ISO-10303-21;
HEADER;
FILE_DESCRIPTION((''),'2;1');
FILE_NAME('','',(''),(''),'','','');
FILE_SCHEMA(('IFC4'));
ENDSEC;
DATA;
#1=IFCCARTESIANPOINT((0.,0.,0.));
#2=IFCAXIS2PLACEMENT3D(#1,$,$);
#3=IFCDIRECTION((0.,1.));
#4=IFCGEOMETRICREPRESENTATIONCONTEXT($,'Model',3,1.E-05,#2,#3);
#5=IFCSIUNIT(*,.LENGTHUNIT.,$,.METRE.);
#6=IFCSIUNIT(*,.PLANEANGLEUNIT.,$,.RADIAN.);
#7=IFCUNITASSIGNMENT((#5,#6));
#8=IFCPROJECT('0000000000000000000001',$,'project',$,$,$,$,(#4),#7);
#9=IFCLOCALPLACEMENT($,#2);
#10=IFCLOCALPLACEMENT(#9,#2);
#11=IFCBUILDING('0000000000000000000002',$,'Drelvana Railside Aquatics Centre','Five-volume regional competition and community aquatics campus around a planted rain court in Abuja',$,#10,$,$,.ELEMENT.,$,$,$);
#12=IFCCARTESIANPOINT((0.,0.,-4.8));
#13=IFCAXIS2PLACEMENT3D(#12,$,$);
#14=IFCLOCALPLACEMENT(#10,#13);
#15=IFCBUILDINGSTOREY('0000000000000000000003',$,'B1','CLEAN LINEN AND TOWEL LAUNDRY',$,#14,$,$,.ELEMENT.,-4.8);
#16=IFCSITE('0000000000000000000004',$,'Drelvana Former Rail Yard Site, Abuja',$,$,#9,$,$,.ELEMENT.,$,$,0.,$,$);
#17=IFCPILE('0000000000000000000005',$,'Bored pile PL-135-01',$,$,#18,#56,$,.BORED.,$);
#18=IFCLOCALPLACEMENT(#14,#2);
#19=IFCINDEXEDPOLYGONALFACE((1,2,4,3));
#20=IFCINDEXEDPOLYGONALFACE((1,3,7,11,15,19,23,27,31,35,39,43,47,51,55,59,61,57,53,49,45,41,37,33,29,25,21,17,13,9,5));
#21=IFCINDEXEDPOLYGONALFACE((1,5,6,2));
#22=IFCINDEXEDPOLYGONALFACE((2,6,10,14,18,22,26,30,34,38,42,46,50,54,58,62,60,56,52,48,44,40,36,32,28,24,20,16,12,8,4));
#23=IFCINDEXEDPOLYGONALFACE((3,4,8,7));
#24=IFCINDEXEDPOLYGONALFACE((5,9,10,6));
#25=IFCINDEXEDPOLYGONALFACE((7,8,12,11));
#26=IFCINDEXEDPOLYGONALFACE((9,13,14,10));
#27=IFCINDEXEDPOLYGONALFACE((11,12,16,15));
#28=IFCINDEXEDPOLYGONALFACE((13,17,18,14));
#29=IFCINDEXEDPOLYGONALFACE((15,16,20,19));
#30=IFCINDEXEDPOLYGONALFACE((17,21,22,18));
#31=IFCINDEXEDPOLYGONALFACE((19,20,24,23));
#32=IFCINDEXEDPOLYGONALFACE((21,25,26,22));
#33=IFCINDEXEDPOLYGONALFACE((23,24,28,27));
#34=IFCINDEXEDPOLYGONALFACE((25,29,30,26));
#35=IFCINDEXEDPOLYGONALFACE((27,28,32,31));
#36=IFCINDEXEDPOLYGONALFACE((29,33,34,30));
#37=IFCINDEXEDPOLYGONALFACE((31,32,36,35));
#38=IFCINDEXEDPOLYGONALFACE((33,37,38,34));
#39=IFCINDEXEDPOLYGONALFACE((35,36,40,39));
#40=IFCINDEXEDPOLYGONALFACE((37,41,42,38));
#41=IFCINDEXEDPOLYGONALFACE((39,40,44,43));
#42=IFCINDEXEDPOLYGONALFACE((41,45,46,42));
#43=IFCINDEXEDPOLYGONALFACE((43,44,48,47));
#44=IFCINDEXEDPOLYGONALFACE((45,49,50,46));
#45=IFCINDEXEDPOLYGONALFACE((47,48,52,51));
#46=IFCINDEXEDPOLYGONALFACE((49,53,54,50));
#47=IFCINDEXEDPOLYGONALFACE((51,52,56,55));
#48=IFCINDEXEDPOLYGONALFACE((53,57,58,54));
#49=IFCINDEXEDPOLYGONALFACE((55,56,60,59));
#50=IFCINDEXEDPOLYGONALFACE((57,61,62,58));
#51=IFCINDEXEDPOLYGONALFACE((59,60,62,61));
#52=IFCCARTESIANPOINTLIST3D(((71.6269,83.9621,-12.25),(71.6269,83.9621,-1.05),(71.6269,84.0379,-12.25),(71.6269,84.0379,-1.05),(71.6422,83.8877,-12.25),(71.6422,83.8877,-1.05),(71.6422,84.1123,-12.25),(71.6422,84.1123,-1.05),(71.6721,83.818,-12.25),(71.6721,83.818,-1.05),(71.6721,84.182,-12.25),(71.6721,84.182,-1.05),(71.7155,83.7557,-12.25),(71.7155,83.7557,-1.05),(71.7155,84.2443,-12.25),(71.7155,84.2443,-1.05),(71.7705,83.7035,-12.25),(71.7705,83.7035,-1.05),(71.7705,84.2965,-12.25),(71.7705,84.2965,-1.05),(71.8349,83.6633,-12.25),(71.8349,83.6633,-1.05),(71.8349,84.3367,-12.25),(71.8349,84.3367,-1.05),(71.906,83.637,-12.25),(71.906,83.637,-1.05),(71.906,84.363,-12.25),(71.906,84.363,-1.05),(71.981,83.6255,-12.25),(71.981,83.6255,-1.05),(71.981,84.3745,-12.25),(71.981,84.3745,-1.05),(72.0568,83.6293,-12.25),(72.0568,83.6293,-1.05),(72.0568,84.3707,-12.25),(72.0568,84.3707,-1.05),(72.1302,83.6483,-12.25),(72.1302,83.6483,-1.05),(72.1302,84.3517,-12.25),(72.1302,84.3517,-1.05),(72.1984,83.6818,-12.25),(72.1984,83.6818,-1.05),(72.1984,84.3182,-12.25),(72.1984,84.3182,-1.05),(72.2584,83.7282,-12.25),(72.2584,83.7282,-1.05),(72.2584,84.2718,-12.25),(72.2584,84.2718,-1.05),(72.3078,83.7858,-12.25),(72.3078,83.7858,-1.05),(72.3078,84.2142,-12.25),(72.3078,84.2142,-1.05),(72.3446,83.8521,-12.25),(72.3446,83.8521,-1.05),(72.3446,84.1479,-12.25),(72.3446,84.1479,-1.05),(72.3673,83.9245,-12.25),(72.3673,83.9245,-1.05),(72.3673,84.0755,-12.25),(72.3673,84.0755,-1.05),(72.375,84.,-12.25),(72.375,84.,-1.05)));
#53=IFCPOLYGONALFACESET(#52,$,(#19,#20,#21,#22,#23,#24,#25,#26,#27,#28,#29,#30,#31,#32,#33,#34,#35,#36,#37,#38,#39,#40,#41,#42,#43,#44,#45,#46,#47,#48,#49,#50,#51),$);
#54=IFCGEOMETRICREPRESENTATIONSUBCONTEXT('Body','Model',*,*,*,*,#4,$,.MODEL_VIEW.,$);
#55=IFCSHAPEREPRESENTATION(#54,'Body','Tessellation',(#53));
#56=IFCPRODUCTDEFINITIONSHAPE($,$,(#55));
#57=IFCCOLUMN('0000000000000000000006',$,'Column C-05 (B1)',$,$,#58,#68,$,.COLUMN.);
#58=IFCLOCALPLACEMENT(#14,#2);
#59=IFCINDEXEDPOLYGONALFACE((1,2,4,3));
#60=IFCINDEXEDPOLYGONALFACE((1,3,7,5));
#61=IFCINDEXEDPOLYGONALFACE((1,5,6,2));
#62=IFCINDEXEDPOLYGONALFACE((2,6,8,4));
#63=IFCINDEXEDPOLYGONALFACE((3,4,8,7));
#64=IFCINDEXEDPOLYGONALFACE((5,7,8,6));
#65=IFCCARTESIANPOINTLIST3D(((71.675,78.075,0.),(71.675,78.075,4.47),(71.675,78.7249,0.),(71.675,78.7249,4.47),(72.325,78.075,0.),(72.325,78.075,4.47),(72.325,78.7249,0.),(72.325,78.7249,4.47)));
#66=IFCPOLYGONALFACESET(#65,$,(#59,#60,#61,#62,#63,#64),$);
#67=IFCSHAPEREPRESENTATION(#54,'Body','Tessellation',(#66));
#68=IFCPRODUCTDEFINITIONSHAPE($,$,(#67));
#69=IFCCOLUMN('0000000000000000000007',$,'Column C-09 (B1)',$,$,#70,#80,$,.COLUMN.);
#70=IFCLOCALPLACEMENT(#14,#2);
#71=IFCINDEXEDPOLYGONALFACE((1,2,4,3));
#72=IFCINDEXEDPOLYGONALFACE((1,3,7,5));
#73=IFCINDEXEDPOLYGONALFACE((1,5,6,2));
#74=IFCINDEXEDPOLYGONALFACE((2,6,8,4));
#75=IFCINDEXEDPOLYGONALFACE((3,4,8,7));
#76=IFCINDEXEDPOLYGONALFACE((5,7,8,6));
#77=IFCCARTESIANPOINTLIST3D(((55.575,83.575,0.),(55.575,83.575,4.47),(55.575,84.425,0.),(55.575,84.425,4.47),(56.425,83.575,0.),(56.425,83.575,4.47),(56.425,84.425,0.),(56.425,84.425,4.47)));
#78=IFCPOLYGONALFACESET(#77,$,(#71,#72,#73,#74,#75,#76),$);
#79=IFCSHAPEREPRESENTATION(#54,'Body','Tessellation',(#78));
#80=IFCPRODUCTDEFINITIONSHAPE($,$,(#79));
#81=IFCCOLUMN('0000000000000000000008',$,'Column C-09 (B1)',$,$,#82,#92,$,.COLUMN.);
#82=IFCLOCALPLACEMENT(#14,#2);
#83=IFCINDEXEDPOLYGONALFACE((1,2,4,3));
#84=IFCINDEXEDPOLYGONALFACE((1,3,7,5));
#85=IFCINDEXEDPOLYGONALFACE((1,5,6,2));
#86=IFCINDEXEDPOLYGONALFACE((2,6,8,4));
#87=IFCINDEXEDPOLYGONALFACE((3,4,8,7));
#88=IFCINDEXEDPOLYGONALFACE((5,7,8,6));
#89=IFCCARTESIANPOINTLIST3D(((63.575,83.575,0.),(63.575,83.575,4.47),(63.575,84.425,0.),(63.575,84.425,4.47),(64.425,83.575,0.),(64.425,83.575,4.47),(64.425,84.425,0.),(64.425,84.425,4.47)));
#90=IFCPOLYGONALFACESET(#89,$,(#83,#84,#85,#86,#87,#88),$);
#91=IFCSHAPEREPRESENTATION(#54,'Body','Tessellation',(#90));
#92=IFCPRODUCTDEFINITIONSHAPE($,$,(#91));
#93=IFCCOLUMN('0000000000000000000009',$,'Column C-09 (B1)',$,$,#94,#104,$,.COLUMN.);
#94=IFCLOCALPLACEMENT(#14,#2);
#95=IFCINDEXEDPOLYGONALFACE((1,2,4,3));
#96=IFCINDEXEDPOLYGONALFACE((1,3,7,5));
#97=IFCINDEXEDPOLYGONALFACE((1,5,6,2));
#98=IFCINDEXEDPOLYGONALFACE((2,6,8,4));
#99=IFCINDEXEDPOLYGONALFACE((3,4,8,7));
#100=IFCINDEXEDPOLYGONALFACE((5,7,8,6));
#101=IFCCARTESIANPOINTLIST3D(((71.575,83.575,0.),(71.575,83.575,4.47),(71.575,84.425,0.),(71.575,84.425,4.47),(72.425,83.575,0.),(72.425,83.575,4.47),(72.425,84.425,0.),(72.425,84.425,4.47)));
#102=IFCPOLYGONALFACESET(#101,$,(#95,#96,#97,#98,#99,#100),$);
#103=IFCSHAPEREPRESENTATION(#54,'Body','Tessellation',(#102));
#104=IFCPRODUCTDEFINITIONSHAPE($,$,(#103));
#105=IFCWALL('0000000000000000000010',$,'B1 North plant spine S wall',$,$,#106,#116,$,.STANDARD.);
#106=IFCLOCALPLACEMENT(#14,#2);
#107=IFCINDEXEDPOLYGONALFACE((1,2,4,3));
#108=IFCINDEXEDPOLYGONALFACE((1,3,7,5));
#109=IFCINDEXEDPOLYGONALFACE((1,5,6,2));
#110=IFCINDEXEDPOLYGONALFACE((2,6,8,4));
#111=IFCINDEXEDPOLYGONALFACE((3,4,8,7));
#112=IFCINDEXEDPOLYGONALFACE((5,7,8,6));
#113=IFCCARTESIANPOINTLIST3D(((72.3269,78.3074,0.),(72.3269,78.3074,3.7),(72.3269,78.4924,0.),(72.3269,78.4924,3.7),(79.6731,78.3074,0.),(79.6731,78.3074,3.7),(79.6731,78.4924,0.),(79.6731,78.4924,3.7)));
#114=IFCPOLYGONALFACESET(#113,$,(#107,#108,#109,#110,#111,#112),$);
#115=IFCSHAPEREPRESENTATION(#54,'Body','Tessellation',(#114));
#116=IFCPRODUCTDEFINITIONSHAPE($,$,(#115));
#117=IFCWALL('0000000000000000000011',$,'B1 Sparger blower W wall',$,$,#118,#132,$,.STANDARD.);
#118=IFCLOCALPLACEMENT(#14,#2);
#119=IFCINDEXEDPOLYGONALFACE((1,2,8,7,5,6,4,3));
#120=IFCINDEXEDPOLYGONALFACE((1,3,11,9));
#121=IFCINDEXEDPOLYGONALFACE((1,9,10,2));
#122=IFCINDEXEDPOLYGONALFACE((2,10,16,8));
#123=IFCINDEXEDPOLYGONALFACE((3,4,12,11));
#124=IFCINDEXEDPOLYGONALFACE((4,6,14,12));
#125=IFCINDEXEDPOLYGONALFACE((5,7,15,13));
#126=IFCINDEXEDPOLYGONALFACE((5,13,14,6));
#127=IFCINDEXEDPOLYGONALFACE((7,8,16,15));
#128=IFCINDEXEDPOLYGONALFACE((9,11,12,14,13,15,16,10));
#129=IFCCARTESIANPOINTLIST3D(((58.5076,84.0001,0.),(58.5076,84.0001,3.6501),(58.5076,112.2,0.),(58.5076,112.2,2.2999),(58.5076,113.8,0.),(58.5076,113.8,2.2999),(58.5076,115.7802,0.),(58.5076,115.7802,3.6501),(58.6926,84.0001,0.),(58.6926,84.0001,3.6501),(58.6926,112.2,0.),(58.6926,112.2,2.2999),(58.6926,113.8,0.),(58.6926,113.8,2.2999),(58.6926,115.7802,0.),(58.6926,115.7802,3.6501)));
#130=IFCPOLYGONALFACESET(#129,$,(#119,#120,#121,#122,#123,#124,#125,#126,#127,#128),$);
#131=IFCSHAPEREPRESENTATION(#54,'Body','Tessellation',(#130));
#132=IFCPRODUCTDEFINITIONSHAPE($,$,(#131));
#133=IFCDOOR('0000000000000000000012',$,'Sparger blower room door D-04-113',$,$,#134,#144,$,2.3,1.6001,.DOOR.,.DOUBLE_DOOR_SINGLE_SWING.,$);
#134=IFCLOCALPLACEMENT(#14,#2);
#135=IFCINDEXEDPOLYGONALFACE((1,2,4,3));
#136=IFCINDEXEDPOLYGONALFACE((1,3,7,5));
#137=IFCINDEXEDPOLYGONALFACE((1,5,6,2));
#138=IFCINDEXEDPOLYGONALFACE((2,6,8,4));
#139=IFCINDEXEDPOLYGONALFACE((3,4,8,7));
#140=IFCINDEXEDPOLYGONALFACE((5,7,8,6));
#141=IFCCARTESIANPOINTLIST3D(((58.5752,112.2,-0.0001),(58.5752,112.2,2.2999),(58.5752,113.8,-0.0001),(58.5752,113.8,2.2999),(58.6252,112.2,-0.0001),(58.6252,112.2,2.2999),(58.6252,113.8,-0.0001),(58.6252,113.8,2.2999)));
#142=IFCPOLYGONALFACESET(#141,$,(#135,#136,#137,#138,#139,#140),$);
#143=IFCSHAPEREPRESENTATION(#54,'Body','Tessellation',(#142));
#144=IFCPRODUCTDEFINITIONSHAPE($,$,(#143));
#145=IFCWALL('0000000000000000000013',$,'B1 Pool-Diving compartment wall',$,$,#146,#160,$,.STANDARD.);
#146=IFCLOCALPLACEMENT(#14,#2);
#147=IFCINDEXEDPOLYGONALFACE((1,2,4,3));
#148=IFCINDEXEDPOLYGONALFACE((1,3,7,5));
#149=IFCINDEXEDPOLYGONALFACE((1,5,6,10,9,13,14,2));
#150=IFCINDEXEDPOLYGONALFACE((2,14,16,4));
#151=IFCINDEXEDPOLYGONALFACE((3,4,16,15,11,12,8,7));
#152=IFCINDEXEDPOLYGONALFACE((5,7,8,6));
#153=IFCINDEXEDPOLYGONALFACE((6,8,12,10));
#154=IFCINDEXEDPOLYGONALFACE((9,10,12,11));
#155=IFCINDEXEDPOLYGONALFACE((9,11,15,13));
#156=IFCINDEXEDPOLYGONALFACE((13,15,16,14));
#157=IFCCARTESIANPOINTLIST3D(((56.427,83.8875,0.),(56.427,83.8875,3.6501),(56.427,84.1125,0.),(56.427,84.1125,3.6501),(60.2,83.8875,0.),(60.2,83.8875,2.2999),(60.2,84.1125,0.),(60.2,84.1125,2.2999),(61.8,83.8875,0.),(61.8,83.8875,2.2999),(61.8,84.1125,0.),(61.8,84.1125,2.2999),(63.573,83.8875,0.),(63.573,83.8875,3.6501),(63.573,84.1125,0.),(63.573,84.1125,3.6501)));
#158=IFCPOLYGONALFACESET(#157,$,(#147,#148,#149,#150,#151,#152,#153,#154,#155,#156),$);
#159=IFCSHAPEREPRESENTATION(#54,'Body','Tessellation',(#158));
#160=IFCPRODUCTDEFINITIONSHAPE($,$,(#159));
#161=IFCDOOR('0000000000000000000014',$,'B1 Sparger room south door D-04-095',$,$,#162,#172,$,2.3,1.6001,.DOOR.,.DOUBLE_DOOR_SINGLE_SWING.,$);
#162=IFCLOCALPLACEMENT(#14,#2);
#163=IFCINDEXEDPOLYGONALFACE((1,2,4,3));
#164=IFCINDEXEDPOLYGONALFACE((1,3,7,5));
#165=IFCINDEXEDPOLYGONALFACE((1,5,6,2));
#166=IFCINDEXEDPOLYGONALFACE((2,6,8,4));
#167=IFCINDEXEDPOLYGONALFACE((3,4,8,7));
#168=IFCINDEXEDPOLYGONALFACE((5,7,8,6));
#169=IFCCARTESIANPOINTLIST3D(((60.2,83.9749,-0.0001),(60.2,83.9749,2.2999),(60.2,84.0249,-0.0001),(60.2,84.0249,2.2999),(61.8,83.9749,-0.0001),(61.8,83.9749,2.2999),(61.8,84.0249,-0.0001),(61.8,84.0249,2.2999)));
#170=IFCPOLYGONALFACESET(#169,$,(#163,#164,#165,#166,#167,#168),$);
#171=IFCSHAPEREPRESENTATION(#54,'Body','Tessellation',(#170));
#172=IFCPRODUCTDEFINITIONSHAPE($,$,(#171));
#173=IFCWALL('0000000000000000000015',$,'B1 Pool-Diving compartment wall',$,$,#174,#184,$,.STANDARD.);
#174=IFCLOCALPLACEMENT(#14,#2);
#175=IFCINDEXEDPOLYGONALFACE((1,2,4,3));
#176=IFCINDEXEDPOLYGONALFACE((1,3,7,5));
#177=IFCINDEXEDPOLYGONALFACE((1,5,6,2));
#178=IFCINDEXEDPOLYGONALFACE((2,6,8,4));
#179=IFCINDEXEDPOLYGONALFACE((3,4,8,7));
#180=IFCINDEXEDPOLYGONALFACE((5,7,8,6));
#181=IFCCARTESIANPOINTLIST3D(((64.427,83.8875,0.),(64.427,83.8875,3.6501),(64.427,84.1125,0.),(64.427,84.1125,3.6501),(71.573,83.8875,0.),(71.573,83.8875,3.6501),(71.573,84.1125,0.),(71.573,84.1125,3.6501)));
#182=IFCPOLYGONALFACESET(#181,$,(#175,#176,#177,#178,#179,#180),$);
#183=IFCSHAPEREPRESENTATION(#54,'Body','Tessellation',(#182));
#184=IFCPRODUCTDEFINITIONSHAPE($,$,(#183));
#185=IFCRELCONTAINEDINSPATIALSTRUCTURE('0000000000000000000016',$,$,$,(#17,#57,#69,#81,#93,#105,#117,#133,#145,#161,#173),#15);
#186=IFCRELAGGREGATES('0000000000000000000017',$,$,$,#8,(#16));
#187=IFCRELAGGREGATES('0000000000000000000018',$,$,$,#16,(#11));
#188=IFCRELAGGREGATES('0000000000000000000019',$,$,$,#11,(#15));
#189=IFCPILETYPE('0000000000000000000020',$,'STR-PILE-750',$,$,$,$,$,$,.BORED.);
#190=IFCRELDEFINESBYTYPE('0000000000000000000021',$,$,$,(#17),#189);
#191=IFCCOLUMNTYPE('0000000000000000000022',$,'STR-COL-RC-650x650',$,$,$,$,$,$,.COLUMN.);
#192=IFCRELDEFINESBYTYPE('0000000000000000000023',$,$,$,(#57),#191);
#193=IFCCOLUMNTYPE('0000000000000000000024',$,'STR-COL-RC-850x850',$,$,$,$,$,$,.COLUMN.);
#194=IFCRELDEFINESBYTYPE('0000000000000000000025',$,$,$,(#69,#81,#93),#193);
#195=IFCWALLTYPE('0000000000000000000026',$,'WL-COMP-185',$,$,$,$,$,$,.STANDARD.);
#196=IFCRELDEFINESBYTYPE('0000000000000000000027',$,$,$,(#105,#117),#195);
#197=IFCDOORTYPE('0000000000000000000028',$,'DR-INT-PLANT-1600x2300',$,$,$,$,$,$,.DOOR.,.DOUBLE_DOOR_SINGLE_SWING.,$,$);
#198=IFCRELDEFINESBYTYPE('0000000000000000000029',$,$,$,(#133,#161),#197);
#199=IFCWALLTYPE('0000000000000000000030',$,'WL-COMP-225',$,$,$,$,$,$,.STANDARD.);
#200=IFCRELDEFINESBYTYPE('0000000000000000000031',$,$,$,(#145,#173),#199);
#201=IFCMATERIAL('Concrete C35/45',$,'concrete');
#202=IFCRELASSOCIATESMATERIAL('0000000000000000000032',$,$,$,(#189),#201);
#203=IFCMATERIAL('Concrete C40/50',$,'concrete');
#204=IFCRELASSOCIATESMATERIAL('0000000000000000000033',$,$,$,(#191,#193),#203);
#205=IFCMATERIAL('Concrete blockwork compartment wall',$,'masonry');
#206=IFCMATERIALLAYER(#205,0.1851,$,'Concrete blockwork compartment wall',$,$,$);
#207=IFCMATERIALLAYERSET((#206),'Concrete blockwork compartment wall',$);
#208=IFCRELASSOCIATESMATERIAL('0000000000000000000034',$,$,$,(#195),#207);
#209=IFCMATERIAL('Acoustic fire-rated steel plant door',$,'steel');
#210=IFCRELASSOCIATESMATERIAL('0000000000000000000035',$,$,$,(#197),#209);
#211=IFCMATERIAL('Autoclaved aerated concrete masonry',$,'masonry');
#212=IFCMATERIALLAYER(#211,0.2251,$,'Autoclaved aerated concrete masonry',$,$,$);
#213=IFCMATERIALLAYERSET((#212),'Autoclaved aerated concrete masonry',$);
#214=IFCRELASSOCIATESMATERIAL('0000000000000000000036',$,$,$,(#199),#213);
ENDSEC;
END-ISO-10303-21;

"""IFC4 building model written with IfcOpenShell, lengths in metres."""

from ifc_helpers import new_model, si_unit, direction, frame, frame_2d, origin, origin_2d, place, context, subcontext, project, spatial, rectangle, circle, extrude, material, layer, layer_set, material_profile, profile_set, type_object, element, fill, save


model = new_model("IFC4")

# Units and contexts
model_context = context("Model", 3, precision=1e-05, world=origin(), true_north=direction((0.0, 1.0)))
body_context = subcontext(model_context, "Body", "Model", "MODEL_VIEW")
ifc_project = project(units=[si_unit("LENGTHUNIT", "METRE"), si_unit("PLANEANGLEUNIT", "RADIAN")], contexts=[model_context])

# Site, building, storey
site_placement = place(None, origin())
site = spatial("IfcSite", under=ifc_project, at=site_placement, Name="Drelvana Former Rail Yard Site, Abuja", CompositionType="ELEMENT", RefElevation=0.0)
building_placement = place(site_placement, origin())
building = spatial("IfcBuilding", under=site, at=building_placement, Name="Drelvana Railside Aquatics Centre", Description="Five-volume regional competition and community aquatics campus around a planted rain court in Abuja", CompositionType="ELEMENT")
storey_placement = place(building_placement, frame((0.0, 0.0, -4.8)))
storey = spatial("IfcBuildingStorey", under=building, at=storey_placement, Name="B1", Description="CLEAN LINEN AND TOWEL LAUNDRY", CompositionType="ELEMENT", Elevation=-4.8)

# Shared definitions
ifc_material_1 = material(Name="Concrete C35/45", Category="concrete")

# Pile
ifc_material_profile_1 = material_profile(ifc_material_1, circle(Radius=0.375, at=origin_2d()), Name="PILE D750")
ifc_profile_set_1 = profile_set([ifc_material_profile_1], Name="Concrete C35/45")
pile_type = type_object("IfcPileType", Name="STR-PILE-750", PredefinedType="BORED", material=ifc_profile_set_1)
for number, where, z_axis, x_axis, name in (
    (1, (72.0, 84.0, -1.05), (0.0, 0.0, -1.0), (1.0, 0.0, 0.0), "Bored pile PL-135-01"),
):
    element("IfcPile", number, at=place(storey_placement, frame(where, z_axis=z_axis, x_axis=x_axis)), inside=storey, type_object=pile_type, Name=name, PredefinedType="BORED", context=body_context, shape_type="SweptSolid", body=[
        extrude(circle(Radius=0.375, at=origin_2d()), origin(), (0.0, 0.0, 1.0), 11.2),
    ])

# Columns
ifc_material_2 = material(Name="Concrete C40/50", Category="concrete")
ifc_material_profile_2 = material_profile(ifc_material_2, rectangle(XDim=0.6499, YDim=0.6499, at=origin_2d()), Name="RC 650x650")
ifc_profile_set_2 = profile_set([ifc_material_profile_2], Name="Concrete C40/50")
column_type_1 = type_object("IfcColumnType", Name="STR-COL-RC-650x650", PredefinedType="COLUMN", material=ifc_profile_set_2)
column_placement = place(storey_placement, frame((72.0, 78.3999, 0.0), z_axis=(0.0, 0.0, 1.0), x_axis=(1.0, 0.0, 0.0)))
element("IfcColumn", 2, at=column_placement, inside=storey, type_object=column_type_1, Name="Column C-05 (B1)", PredefinedType="COLUMN", context=body_context, shape_type="SweptSolid", body=[
    extrude(rectangle(XDim=0.6499, YDim=0.6499, at=origin_2d()), origin(), (0.0, 0.0, 1.0), 4.47),
])
ifc_material_profile_3 = material_profile(ifc_material_2, rectangle(XDim=0.8501, YDim=0.8501, at=origin_2d()), Name="RC 850x850")
ifc_profile_set_3 = profile_set([ifc_material_profile_3], Name="Concrete C40/50")
column_type_2 = type_object("IfcColumnType", Name="STR-COL-RC-850x850", PredefinedType="COLUMN", material=ifc_profile_set_3)
for number, where, z_axis, x_axis, name in (
    (3, (56.0, 84.0, 0.0), (0.0, 0.0, 1.0), (1.0, 0.0, 0.0), "Column C-09 (B1)"),
    (4, (64.0, 84.0, 0.0), (0.0, 0.0, 1.0), (1.0, 0.0, 0.0), "Column C-09 (B1)"),
    (5, (72.0, 84.0, 0.0), (0.0, 0.0, 1.0), (1.0, 0.0, 0.0), "Column C-09 (B1)"),
):
    element("IfcColumn", number, at=place(storey_placement, frame(where, z_axis=z_axis, x_axis=x_axis)), inside=storey, type_object=column_type_2, Name=name, PredefinedType="COLUMN", context=body_context, shape_type="SweptSolid", body=[
        extrude(rectangle(XDim=0.8501, YDim=0.8501, at=origin_2d()), origin(), (0.0, 0.0, 1.0), 4.47),
    ])

# Wall
ifc_material_3 = material(Name="Concrete blockwork compartment wall", Category="masonry")
ifc_layer_1 = layer(ifc_material_3, 0.1851, Name="Concrete blockwork compartment wall")
ifc_layer_set_1 = layer_set([ifc_layer_1], Name="Concrete blockwork compartment wall")
wall_type_1 = type_object("IfcWallType", Name="WL-COMP-185", PredefinedType="STANDARD", material=ifc_layer_set_1)
wall_1_placement = place(storey_placement, frame((72.3269, 78.3999, 0.0), z_axis=(0.0, 0.0, 1.0), x_axis=(1.0, 0.0, 0.0)))
element("IfcWall", 6, at=wall_1_placement, inside=storey, type_object=wall_type_1, Name="B1 North plant spine S wall", PredefinedType="STANDARD", context=body_context, shape_type="SweptSolid", body=[
    extrude(rectangle(XDim=7.3462, YDim=0.1851, at=frame_2d((3.6731, 0.0))), origin(), (0.0, 0.0, 1.0), 3.7),
])

# Walls, openings, doors
wall_2_placement = place(storey_placement, frame((58.6001, 84.0, 0.0), z_axis=(0.0, 0.0, 1.0), x_axis=(0.0, 1.0, 0.0)))
wall_2 = element("IfcWall", 7, at=wall_2_placement, inside=storey, type_object=wall_type_1, Name="B1 Sparger blower W wall", PredefinedType="STANDARD", context=body_context, shape_type="SweptSolid", body=[
    extrude(rectangle(XDim=31.78, YDim=0.1851, at=frame_2d((15.8901, 0.0))), origin(), (0.0, 0.0, 1.0), 3.6501),
])
opening_1_placement = place(wall_2_placement, frame((28.2, 0.0, 0.0)))
opening_1 = element("IfcOpeningElement", 8, at=opening_1_placement, cuts=wall_2, PredefinedType="OPENING", context=body_context, shape_type="SweptSolid", body=[
    extrude(rectangle(XDim=1.6001, YDim=2.3, at=frame_2d((0.8, 1.1499))), frame((0.0, 0.1025, 0.0), z_axis=(0.0, -1.0, 0.0), x_axis=(1.0, 0.0, 0.0)), (0.0, 0.0, 1.0), 0.2051),
])
ifc_material_4 = material(Name="Acoustic fire-rated steel plant door", Category="steel")
door_type = type_object("IfcDoorType", Name="DR-INT-PLANT-1600x2300", OperationType="DOUBLE_DOOR_SINGLE_SWING", PredefinedType="DOOR", material=ifc_material_4)
door_1_placement = place(opening_1_placement, origin())
door_1 = element("IfcDoor", 9, at=door_1_placement, inside=storey, type_object=door_type, Name="Sparger blower room door D-04-113", OperationType="DOUBLE_DOOR_SINGLE_SWING", OverallHeight=2.3, OverallWidth=1.6001, PredefinedType="DOOR", context=body_context, shape_type="SweptSolid", body=[
    extrude(rectangle(XDim=1.6001, YDim=2.3, at=frame_2d((0.8, 1.1499))), frame((0.0, 0.0249, 0.0), z_axis=(0.0, -1.0, 0.0), x_axis=(1.0, 0.0, 0.0)), (0.0, 0.0, 1.0), 0.05),
])
fill(opening_1, door_1)
ifc_material_5 = material(Name="Autoclaved aerated concrete masonry", Category="masonry")
ifc_layer_2 = layer(ifc_material_5, 0.2251, Name="Autoclaved aerated concrete masonry")
ifc_layer_set_2 = layer_set([ifc_layer_2], Name="Autoclaved aerated concrete masonry")
wall_type_2 = type_object("IfcWallType", Name="WL-COMP-225", PredefinedType="STANDARD", material=ifc_layer_set_2)
wall_3_placement = place(storey_placement, frame((56.427, 84.0, 0.0), z_axis=(0.0, 0.0, 1.0), x_axis=(1.0, 0.0, 0.0)))
wall_3 = element("IfcWall", 10, at=wall_3_placement, inside=storey, type_object=wall_type_2, Name="B1 Pool-Diving compartment wall", PredefinedType="STANDARD", context=body_context, shape_type="SweptSolid", body=[
    extrude(rectangle(XDim=7.146, YDim=0.2251, at=frame_2d((3.573, 0.0))), origin(), (0.0, 0.0, 1.0), 3.6501),
])
opening_2_placement = place(wall_3_placement, frame((3.7729, 0.0, 0.0)))
opening_2 = element("IfcOpeningElement", 11, at=opening_2_placement, cuts=wall_3, PredefinedType="OPENING", context=body_context, shape_type="SweptSolid", body=[
    extrude(rectangle(XDim=1.6001, YDim=2.3, at=frame_2d((0.8, 1.1499))), frame((0.0, 0.1226, 0.0), z_axis=(0.0, -1.0, 0.0), x_axis=(1.0, 0.0, 0.0)), (0.0, 0.0, 1.0), 0.2451),
])
door_2_placement = place(opening_2_placement, origin())
door_2 = element("IfcDoor", 12, at=door_2_placement, inside=storey, type_object=door_type, Name="B1 Sparger room south door D-04-095", OperationType="DOUBLE_DOOR_SINGLE_SWING", OverallHeight=2.3, OverallWidth=1.6001, PredefinedType="DOOR", context=body_context, shape_type="SweptSolid", body=[
    extrude(rectangle(XDim=1.6001, YDim=2.3, at=frame_2d((0.8, 1.1499))), frame((0.0, 0.0249, 0.0), z_axis=(0.0, -1.0, 0.0), x_axis=(1.0, 0.0, 0.0)), (0.0, 0.0, 1.0), 0.05),
])
fill(opening_2, door_2)

# Wall
wall_4_placement = place(storey_placement, frame((64.427, 84.0, 0.0), z_axis=(0.0, 0.0, 1.0), x_axis=(1.0, 0.0, 0.0)))
element("IfcWall", 13, at=wall_4_placement, inside=storey, type_object=wall_type_2, Name="B1 Pool-Diving compartment wall", PredefinedType="STANDARD", context=body_context, shape_type="SweptSolid", body=[
    extrude(rectangle(XDim=7.146, YDim=0.2251, at=frame_2d((3.573, 0.0))), origin(), (0.0, 0.0, 1.0), 3.6501),
])

save(model, "model.ifc")
